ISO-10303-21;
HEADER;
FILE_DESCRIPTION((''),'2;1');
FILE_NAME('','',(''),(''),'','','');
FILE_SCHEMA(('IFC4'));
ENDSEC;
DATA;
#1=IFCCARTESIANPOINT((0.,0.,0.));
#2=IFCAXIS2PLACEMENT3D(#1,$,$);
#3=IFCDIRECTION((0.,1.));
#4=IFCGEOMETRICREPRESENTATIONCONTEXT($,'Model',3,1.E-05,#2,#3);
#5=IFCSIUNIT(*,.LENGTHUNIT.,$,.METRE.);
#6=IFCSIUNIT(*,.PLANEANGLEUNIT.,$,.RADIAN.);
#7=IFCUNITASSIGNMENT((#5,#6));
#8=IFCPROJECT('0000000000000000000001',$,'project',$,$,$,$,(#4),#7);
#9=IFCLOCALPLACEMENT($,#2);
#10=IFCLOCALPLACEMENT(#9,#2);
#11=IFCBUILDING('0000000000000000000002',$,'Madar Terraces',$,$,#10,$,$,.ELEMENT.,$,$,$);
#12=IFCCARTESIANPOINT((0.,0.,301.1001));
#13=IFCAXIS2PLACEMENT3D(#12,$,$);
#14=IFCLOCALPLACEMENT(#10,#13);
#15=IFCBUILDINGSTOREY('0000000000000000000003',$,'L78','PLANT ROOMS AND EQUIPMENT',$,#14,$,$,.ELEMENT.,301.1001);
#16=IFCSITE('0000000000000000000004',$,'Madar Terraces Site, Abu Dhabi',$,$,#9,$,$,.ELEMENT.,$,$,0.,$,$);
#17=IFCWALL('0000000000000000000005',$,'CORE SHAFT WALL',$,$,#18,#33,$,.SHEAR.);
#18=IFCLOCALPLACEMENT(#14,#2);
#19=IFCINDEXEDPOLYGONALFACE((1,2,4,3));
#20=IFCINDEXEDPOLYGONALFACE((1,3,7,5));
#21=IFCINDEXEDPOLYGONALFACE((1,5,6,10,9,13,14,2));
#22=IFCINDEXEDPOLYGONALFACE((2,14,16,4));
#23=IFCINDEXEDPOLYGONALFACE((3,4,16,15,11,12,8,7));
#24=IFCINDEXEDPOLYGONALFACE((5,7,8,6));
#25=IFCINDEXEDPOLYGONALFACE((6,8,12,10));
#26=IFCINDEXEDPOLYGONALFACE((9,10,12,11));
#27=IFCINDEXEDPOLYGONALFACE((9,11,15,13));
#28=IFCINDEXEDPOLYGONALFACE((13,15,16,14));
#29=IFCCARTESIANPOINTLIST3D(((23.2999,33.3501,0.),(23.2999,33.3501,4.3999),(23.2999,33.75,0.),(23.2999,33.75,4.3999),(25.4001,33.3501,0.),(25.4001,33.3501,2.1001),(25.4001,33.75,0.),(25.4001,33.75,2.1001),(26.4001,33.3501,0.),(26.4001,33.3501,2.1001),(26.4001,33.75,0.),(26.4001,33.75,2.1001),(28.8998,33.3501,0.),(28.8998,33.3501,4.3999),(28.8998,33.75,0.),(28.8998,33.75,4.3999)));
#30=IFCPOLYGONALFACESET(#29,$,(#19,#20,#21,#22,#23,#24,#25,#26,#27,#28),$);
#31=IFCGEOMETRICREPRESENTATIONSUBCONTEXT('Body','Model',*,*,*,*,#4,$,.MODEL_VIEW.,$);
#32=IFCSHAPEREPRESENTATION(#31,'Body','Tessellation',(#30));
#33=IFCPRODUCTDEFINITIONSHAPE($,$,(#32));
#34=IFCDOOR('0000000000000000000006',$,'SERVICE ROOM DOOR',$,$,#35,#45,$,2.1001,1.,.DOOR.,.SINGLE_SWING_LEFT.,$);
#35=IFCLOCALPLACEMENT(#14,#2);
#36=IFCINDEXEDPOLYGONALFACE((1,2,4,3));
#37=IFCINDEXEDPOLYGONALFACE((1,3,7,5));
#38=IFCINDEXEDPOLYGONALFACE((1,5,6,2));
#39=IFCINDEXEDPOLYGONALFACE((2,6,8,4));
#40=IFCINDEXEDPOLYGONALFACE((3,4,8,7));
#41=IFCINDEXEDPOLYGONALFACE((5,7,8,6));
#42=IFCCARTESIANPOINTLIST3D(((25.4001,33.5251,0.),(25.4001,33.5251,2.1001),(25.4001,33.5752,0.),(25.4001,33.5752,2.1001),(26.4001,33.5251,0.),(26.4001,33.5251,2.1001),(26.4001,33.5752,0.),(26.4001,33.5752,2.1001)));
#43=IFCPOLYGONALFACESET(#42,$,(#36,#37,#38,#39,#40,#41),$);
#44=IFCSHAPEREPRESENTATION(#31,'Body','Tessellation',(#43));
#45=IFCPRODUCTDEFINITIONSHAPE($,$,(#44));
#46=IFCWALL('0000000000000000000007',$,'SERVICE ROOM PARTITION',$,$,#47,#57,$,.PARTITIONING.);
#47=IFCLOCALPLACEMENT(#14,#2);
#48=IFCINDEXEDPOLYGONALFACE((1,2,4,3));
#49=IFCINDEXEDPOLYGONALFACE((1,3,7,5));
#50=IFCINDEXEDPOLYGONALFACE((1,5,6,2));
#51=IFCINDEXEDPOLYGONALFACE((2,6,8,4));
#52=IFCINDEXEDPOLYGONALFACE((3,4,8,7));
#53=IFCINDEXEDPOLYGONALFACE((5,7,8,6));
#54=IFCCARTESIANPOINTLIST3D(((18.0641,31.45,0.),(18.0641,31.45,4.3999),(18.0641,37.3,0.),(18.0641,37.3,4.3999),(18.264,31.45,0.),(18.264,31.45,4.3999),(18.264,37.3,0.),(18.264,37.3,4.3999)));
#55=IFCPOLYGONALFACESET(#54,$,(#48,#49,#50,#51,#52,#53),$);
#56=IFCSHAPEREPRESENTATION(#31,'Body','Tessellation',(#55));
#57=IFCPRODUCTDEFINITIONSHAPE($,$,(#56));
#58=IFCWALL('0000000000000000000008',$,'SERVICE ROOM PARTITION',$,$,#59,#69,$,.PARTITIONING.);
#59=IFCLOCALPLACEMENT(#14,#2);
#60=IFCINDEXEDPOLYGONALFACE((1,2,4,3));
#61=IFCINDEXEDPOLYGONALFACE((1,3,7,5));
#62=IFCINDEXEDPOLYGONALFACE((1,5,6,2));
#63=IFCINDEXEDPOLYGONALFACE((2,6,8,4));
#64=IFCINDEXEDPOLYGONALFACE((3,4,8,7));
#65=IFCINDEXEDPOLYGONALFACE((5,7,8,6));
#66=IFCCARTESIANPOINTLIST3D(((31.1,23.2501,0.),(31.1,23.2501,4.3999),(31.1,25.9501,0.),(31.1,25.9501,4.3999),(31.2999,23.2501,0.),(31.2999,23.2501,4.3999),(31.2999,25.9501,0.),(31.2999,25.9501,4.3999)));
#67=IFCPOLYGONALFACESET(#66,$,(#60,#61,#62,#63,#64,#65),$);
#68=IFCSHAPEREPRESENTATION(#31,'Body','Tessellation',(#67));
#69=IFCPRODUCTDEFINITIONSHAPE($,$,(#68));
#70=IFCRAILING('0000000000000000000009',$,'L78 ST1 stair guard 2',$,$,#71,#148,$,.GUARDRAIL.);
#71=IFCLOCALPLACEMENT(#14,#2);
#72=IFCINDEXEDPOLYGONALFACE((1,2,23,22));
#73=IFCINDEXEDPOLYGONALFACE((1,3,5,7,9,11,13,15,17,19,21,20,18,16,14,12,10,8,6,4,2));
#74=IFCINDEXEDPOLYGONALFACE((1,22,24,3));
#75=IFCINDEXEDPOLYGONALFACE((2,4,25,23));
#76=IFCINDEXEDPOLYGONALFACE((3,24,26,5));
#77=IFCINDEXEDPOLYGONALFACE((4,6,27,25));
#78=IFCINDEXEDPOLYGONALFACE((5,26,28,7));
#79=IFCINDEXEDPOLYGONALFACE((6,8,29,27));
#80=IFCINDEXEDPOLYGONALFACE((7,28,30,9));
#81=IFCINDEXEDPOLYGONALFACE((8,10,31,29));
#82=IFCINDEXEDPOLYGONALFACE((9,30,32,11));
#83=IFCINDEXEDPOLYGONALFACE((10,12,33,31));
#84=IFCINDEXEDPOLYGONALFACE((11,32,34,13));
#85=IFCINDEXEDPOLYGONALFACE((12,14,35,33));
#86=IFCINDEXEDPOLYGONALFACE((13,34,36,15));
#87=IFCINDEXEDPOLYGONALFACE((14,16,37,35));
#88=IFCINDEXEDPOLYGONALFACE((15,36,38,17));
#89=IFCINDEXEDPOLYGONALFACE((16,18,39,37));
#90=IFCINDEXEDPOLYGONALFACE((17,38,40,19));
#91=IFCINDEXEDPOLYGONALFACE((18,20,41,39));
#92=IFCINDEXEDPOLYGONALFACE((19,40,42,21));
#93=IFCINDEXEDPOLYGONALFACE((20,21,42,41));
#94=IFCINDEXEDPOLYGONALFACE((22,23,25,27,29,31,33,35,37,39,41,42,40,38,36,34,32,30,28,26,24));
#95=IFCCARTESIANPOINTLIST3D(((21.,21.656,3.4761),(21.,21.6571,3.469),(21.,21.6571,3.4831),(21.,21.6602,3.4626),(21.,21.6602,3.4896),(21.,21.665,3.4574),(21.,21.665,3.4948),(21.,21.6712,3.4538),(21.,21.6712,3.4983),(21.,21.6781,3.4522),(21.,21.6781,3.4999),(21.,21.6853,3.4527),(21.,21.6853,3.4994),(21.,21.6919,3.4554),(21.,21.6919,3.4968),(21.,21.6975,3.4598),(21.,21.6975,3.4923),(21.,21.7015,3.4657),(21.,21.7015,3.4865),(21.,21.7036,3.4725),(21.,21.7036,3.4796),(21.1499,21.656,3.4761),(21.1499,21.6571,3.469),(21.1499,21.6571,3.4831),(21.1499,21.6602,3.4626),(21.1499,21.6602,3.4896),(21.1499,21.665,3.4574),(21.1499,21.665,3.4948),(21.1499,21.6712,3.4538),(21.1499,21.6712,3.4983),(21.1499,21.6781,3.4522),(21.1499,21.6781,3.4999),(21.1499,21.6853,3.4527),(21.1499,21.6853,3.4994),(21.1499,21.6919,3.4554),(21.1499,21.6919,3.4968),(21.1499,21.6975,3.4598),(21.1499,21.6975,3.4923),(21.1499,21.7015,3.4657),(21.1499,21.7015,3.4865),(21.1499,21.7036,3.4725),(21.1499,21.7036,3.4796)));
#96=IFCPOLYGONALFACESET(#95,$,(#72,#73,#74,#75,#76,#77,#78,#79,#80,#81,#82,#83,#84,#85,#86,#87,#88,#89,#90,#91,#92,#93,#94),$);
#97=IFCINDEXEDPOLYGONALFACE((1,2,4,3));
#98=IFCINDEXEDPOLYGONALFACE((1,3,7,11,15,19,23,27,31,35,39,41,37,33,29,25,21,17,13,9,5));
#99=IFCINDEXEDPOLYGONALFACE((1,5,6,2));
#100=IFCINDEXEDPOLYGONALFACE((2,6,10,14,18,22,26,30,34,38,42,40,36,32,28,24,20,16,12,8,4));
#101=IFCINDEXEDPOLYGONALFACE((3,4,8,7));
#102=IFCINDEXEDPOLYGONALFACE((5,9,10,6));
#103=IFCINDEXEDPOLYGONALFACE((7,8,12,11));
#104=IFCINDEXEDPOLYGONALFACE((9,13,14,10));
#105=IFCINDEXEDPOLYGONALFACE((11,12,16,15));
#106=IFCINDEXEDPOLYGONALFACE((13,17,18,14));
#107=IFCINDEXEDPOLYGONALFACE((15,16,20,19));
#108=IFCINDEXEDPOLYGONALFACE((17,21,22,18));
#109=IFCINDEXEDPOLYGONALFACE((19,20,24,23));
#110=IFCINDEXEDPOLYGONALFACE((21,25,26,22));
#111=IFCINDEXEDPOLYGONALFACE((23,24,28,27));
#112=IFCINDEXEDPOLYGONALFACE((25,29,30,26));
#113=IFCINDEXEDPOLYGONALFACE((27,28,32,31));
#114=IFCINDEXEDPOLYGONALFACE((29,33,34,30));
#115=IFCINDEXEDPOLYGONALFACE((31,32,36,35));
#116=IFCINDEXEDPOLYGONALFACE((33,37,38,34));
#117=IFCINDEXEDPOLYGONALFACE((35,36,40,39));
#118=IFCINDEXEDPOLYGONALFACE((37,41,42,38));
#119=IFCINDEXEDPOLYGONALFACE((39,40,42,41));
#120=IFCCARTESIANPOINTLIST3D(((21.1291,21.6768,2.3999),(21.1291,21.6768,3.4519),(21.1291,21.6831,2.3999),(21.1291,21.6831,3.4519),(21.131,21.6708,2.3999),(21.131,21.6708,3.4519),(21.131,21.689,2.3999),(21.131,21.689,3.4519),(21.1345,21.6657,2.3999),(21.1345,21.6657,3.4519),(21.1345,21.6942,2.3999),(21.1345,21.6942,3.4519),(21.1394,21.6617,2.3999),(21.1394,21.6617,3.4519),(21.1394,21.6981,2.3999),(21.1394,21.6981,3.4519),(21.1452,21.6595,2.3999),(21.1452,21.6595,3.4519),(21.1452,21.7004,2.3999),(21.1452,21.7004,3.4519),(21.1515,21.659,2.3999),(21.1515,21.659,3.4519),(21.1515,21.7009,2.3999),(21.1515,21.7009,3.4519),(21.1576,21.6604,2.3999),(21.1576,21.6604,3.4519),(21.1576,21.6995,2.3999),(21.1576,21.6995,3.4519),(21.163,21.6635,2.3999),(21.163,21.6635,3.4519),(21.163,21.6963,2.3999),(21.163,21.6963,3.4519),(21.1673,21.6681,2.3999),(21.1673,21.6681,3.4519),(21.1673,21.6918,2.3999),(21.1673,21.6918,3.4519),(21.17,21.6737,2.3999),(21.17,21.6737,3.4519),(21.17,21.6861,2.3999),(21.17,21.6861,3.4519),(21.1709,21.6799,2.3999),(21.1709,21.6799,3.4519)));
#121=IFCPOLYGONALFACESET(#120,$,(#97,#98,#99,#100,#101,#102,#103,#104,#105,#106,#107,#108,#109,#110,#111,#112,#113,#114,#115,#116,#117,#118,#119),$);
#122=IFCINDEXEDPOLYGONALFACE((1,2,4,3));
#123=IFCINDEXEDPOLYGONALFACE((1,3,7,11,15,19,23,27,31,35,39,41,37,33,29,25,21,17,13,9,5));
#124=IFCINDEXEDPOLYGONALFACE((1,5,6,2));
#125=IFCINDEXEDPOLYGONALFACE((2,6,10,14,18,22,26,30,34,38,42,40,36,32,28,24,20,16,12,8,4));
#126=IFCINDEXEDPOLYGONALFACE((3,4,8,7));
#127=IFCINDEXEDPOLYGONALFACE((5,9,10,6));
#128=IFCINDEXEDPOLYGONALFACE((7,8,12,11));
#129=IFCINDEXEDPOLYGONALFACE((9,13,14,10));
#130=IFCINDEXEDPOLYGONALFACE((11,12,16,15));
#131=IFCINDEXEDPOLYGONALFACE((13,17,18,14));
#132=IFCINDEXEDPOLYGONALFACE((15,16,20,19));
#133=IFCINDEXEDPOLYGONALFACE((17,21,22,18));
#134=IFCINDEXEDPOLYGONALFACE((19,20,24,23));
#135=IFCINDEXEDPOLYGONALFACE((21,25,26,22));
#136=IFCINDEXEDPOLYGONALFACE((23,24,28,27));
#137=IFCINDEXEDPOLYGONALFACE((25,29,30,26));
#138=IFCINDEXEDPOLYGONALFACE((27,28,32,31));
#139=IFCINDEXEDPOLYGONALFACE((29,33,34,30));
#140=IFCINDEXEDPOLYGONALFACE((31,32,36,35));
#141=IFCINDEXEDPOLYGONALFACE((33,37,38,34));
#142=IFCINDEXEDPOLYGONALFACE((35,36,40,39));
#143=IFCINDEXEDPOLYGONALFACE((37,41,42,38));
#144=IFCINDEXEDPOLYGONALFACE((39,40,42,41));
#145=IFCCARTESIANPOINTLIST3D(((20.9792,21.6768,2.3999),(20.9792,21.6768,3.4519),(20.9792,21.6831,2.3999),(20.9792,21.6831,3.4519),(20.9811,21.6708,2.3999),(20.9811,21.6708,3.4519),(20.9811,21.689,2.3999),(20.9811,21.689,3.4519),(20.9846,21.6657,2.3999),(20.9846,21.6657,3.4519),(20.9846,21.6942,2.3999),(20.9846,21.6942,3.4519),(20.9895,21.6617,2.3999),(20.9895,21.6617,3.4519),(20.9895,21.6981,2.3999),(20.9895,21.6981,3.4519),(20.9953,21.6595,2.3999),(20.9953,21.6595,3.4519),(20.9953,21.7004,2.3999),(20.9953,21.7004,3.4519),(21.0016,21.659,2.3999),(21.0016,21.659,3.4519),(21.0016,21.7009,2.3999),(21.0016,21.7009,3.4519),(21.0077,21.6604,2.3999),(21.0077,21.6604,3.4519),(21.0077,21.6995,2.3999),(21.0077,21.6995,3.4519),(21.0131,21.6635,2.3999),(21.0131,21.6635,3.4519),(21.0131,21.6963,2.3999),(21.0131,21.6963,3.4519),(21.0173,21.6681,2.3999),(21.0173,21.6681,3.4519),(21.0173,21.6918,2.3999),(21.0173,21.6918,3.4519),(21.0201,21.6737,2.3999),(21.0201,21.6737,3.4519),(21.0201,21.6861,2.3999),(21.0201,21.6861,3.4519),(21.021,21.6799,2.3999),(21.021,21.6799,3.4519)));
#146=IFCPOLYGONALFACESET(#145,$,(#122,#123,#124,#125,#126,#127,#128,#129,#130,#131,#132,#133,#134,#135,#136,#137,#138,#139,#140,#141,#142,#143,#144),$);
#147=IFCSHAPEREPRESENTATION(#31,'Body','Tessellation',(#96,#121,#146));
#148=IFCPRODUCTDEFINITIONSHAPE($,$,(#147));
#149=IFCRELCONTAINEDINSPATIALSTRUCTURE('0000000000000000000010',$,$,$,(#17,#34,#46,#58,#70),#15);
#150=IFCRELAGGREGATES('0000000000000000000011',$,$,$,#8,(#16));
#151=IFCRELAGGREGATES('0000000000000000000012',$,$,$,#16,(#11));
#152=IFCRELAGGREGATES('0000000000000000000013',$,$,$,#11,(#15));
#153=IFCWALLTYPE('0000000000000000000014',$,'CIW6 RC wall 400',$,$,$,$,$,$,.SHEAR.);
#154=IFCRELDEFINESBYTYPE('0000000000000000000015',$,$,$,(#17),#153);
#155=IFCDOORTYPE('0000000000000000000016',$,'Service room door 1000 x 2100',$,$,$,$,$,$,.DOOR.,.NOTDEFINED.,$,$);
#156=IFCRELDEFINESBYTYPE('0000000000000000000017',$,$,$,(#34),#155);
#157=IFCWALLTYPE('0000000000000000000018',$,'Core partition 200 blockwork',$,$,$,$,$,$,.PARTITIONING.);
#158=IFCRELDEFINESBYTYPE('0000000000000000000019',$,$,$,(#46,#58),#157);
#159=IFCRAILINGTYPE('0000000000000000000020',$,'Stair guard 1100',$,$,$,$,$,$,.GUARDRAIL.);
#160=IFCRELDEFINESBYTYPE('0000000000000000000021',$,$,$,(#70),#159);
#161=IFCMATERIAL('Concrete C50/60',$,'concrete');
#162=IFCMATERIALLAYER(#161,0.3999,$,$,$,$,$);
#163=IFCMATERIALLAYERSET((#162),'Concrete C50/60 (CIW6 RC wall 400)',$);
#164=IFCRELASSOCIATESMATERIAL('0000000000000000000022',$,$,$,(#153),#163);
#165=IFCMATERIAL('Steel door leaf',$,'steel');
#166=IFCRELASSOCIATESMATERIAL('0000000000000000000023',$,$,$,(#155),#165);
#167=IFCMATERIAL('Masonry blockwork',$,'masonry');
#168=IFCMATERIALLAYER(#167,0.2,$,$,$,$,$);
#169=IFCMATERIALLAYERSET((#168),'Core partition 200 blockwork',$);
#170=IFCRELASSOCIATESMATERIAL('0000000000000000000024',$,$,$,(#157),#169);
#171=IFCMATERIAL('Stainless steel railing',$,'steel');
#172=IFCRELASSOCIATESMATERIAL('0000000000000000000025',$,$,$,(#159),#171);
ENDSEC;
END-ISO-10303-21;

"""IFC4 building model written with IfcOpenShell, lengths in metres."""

from ifc_helpers import new_model, si_unit, direction, frame, frame_2d, origin, origin_2d, place, context, subcontext, project, spatial, rectangle, circle, extrude, material, layer, layer_set, type_object, element, fill, save


model = new_model("IFC4")

# Units and contexts
model_context = context("Model", 3, precision=1e-05, world=origin(), true_north=direction((0.0, 1.0)))
body_context = subcontext(model_context, "Body", "Model", "MODEL_VIEW")
ifc_project = project(units=[si_unit("LENGTHUNIT", "METRE"), si_unit("PLANEANGLEUNIT", "RADIAN")], contexts=[model_context])

# Site, building, storey
site_placement = place(None, origin())
site = spatial("IfcSite", under=ifc_project, at=site_placement, Name="Madar Terraces Site, Abu Dhabi", CompositionType="ELEMENT", RefElevation=0.0)
building_placement = place(site_placement, origin())
building = spatial("IfcBuilding", under=site, at=building_placement, Name="Madar Terraces", CompositionType="ELEMENT")
storey_placement = place(building_placement, frame((0.0, 0.0, 301.1001)))
storey = spatial("IfcBuildingStorey", under=building, at=storey_placement, Name="L78", Description="PLANT ROOMS AND EQUIPMENT", CompositionType="ELEMENT", Elevation=301.1001)

# Shared definitions
ifc_material_1 = material(Name="Concrete C50/60", Category="concrete")
ifc_layer_1 = layer(ifc_material_1, 0.3999)
ifc_layer_set_1 = layer_set([ifc_layer_1], Name="Concrete C50/60 (CIW6 RC wall 400)")
wall_type_1 = type_object("IfcWallType", Name="CIW6 RC wall 400", PredefinedType="SHEAR", material=ifc_layer_set_1)

# Shared definitions
ifc_material_2 = material(Name="Steel door leaf", Category="steel")
door_type = type_object("IfcDoorType", Name="Service room door 1000 x 2100", OperationType="NOTDEFINED", PredefinedType="DOOR", material=ifc_material_2)

# Wall, opening, door
wall_1_placement = place(storey_placement, frame((23.3, 33.55, 0.0), z_axis=(0.0, 0.0, 1.0), x_axis=(1.0, 0.0, 0.0)))
wall_1 = element("IfcWall", 1, at=wall_1_placement, inside=storey, type_object=wall_type_1, Name="CORE SHAFT WALL", PredefinedType="SHEAR", context=body_context, shape_type="SweptSolid", body=[
    extrude(rectangle(XDim=5.5999, YDim=0.3999, at=frame_2d((2.7998, 0.0))), origin(), (0.0, 0.0, 1.0), 4.3999),
])
opening_1_placement = place(wall_1_placement, frame((2.1001, 0.0, 0.0)))
opening_1 = element("IfcOpeningElement", 2, at=opening_1_placement, cuts=wall_1, PredefinedType="OPENING", context=body_context, shape_type="SweptSolid", body=[
    extrude(rectangle(XDim=1.0, YDim=2.1001, at=frame_2d((0.5, 1.05))), frame((0.0, 0.21, 0.0), z_axis=(0.0, -1.0, 0.0), x_axis=(1.0, 0.0, 0.0)), (0.0, 0.0, 1.0), 0.4199),
])
door_1_placement = place(opening_1_placement, frame((1.0, 0.0, 0.0), z_axis=(0.0, 0.0, 1.0), x_axis=(-1.0, 0.0, 0.0)))
door_1 = element("IfcDoor", 3, at=door_1_placement, inside=storey, type_object=door_type, Name="SERVICE ROOM DOOR", OperationType="SINGLE_SWING_LEFT", OverallHeight=2.1001, OverallWidth=1.0, PredefinedType="DOOR", context=body_context, shape_type="SweptSolid", body=[
    extrude(rectangle(XDim=1.0, YDim=2.1001, at=frame_2d((0.5, 1.05))), frame((0.0, 0.0249, 0.0), z_axis=(0.0, -1.0, 0.0), x_axis=(1.0, 0.0, 0.0)), (0.0, 0.0, 1.0), 0.05),
])
fill(opening_1, door_1)

# Walls
ifc_material_3 = material(Name="Masonry blockwork", Category="masonry")
ifc_layer_2 = layer(ifc_material_3, 0.2)
ifc_layer_set_2 = layer_set([ifc_layer_2], Name="Core partition 200 blockwork")
wall_type_2 = type_object("IfcWallType", Name="Core partition 200 blockwork", PredefinedType="PARTITIONING", material=ifc_layer_set_2)
wall_2_placement = place(storey_placement, frame((18.1641, 31.45, 0.0), z_axis=(0.0, 0.0, 1.0), x_axis=(0.0, 1.0, 0.0)))
element("IfcWall", 4, at=wall_2_placement, inside=storey, type_object=wall_type_2, Name="SERVICE ROOM PARTITION", PredefinedType="PARTITIONING", context=body_context, shape_type="SweptSolid", body=[
    extrude(rectangle(XDim=5.8501, YDim=0.2, at=frame_2d((2.925, 0.0))), origin(), (0.0, 0.0, 1.0), 4.3999),
])
wall_3_placement = place(storey_placement, frame((31.2, 23.25, 0.0), z_axis=(0.0, 0.0, 1.0), x_axis=(0.0, 1.0, 0.0)))
element("IfcWall", 5, at=wall_3_placement, inside=storey, type_object=wall_type_2, Name="SERVICE ROOM PARTITION", PredefinedType="PARTITIONING", context=body_context, shape_type="SweptSolid", body=[
    extrude(rectangle(XDim=2.7, YDim=0.2, at=frame_2d((1.3501, 0.0))), origin(), (0.0, 0.0, 1.0), 4.3999),
])

# Railing
ifc_material_4 = material(Name="Stainless steel railing", Category="steel")
railing_type = type_object("IfcRailingType", Name="Stair guard 1100", PredefinedType="GUARDRAIL", material=ifc_material_4)
railing_1_placement = place(storey_placement, frame((21.1499, 21.6799, 2.3999)))
element("IfcRailing", 6, at=railing_1_placement, inside=storey, type_object=railing_type, Name="L78 ST1 stair guard 2", PredefinedType="GUARDRAIL", context=body_context, shape_type="SweptSolid", body=[
    extrude(circle(Radius=0.0239, at=origin_2d()), frame((0.0, 0.0, 1.0762), z_axis=(-1.0, 0.0, 0.0), x_axis=(0.0, -1.0, 0.0)), (0.0, 0.0, 1.0), 0.1499),
    extrude(circle(Radius=0.021, at=origin_2d()), origin(), (0.0, 0.0, 1.0), 1.052),
    extrude(circle(Radius=0.021, at=origin_2d()), frame((-0.1499, 0.0, 0.0)), (0.0, 0.0, 1.0), 1.052),
])

save(model, "model.ifc")
